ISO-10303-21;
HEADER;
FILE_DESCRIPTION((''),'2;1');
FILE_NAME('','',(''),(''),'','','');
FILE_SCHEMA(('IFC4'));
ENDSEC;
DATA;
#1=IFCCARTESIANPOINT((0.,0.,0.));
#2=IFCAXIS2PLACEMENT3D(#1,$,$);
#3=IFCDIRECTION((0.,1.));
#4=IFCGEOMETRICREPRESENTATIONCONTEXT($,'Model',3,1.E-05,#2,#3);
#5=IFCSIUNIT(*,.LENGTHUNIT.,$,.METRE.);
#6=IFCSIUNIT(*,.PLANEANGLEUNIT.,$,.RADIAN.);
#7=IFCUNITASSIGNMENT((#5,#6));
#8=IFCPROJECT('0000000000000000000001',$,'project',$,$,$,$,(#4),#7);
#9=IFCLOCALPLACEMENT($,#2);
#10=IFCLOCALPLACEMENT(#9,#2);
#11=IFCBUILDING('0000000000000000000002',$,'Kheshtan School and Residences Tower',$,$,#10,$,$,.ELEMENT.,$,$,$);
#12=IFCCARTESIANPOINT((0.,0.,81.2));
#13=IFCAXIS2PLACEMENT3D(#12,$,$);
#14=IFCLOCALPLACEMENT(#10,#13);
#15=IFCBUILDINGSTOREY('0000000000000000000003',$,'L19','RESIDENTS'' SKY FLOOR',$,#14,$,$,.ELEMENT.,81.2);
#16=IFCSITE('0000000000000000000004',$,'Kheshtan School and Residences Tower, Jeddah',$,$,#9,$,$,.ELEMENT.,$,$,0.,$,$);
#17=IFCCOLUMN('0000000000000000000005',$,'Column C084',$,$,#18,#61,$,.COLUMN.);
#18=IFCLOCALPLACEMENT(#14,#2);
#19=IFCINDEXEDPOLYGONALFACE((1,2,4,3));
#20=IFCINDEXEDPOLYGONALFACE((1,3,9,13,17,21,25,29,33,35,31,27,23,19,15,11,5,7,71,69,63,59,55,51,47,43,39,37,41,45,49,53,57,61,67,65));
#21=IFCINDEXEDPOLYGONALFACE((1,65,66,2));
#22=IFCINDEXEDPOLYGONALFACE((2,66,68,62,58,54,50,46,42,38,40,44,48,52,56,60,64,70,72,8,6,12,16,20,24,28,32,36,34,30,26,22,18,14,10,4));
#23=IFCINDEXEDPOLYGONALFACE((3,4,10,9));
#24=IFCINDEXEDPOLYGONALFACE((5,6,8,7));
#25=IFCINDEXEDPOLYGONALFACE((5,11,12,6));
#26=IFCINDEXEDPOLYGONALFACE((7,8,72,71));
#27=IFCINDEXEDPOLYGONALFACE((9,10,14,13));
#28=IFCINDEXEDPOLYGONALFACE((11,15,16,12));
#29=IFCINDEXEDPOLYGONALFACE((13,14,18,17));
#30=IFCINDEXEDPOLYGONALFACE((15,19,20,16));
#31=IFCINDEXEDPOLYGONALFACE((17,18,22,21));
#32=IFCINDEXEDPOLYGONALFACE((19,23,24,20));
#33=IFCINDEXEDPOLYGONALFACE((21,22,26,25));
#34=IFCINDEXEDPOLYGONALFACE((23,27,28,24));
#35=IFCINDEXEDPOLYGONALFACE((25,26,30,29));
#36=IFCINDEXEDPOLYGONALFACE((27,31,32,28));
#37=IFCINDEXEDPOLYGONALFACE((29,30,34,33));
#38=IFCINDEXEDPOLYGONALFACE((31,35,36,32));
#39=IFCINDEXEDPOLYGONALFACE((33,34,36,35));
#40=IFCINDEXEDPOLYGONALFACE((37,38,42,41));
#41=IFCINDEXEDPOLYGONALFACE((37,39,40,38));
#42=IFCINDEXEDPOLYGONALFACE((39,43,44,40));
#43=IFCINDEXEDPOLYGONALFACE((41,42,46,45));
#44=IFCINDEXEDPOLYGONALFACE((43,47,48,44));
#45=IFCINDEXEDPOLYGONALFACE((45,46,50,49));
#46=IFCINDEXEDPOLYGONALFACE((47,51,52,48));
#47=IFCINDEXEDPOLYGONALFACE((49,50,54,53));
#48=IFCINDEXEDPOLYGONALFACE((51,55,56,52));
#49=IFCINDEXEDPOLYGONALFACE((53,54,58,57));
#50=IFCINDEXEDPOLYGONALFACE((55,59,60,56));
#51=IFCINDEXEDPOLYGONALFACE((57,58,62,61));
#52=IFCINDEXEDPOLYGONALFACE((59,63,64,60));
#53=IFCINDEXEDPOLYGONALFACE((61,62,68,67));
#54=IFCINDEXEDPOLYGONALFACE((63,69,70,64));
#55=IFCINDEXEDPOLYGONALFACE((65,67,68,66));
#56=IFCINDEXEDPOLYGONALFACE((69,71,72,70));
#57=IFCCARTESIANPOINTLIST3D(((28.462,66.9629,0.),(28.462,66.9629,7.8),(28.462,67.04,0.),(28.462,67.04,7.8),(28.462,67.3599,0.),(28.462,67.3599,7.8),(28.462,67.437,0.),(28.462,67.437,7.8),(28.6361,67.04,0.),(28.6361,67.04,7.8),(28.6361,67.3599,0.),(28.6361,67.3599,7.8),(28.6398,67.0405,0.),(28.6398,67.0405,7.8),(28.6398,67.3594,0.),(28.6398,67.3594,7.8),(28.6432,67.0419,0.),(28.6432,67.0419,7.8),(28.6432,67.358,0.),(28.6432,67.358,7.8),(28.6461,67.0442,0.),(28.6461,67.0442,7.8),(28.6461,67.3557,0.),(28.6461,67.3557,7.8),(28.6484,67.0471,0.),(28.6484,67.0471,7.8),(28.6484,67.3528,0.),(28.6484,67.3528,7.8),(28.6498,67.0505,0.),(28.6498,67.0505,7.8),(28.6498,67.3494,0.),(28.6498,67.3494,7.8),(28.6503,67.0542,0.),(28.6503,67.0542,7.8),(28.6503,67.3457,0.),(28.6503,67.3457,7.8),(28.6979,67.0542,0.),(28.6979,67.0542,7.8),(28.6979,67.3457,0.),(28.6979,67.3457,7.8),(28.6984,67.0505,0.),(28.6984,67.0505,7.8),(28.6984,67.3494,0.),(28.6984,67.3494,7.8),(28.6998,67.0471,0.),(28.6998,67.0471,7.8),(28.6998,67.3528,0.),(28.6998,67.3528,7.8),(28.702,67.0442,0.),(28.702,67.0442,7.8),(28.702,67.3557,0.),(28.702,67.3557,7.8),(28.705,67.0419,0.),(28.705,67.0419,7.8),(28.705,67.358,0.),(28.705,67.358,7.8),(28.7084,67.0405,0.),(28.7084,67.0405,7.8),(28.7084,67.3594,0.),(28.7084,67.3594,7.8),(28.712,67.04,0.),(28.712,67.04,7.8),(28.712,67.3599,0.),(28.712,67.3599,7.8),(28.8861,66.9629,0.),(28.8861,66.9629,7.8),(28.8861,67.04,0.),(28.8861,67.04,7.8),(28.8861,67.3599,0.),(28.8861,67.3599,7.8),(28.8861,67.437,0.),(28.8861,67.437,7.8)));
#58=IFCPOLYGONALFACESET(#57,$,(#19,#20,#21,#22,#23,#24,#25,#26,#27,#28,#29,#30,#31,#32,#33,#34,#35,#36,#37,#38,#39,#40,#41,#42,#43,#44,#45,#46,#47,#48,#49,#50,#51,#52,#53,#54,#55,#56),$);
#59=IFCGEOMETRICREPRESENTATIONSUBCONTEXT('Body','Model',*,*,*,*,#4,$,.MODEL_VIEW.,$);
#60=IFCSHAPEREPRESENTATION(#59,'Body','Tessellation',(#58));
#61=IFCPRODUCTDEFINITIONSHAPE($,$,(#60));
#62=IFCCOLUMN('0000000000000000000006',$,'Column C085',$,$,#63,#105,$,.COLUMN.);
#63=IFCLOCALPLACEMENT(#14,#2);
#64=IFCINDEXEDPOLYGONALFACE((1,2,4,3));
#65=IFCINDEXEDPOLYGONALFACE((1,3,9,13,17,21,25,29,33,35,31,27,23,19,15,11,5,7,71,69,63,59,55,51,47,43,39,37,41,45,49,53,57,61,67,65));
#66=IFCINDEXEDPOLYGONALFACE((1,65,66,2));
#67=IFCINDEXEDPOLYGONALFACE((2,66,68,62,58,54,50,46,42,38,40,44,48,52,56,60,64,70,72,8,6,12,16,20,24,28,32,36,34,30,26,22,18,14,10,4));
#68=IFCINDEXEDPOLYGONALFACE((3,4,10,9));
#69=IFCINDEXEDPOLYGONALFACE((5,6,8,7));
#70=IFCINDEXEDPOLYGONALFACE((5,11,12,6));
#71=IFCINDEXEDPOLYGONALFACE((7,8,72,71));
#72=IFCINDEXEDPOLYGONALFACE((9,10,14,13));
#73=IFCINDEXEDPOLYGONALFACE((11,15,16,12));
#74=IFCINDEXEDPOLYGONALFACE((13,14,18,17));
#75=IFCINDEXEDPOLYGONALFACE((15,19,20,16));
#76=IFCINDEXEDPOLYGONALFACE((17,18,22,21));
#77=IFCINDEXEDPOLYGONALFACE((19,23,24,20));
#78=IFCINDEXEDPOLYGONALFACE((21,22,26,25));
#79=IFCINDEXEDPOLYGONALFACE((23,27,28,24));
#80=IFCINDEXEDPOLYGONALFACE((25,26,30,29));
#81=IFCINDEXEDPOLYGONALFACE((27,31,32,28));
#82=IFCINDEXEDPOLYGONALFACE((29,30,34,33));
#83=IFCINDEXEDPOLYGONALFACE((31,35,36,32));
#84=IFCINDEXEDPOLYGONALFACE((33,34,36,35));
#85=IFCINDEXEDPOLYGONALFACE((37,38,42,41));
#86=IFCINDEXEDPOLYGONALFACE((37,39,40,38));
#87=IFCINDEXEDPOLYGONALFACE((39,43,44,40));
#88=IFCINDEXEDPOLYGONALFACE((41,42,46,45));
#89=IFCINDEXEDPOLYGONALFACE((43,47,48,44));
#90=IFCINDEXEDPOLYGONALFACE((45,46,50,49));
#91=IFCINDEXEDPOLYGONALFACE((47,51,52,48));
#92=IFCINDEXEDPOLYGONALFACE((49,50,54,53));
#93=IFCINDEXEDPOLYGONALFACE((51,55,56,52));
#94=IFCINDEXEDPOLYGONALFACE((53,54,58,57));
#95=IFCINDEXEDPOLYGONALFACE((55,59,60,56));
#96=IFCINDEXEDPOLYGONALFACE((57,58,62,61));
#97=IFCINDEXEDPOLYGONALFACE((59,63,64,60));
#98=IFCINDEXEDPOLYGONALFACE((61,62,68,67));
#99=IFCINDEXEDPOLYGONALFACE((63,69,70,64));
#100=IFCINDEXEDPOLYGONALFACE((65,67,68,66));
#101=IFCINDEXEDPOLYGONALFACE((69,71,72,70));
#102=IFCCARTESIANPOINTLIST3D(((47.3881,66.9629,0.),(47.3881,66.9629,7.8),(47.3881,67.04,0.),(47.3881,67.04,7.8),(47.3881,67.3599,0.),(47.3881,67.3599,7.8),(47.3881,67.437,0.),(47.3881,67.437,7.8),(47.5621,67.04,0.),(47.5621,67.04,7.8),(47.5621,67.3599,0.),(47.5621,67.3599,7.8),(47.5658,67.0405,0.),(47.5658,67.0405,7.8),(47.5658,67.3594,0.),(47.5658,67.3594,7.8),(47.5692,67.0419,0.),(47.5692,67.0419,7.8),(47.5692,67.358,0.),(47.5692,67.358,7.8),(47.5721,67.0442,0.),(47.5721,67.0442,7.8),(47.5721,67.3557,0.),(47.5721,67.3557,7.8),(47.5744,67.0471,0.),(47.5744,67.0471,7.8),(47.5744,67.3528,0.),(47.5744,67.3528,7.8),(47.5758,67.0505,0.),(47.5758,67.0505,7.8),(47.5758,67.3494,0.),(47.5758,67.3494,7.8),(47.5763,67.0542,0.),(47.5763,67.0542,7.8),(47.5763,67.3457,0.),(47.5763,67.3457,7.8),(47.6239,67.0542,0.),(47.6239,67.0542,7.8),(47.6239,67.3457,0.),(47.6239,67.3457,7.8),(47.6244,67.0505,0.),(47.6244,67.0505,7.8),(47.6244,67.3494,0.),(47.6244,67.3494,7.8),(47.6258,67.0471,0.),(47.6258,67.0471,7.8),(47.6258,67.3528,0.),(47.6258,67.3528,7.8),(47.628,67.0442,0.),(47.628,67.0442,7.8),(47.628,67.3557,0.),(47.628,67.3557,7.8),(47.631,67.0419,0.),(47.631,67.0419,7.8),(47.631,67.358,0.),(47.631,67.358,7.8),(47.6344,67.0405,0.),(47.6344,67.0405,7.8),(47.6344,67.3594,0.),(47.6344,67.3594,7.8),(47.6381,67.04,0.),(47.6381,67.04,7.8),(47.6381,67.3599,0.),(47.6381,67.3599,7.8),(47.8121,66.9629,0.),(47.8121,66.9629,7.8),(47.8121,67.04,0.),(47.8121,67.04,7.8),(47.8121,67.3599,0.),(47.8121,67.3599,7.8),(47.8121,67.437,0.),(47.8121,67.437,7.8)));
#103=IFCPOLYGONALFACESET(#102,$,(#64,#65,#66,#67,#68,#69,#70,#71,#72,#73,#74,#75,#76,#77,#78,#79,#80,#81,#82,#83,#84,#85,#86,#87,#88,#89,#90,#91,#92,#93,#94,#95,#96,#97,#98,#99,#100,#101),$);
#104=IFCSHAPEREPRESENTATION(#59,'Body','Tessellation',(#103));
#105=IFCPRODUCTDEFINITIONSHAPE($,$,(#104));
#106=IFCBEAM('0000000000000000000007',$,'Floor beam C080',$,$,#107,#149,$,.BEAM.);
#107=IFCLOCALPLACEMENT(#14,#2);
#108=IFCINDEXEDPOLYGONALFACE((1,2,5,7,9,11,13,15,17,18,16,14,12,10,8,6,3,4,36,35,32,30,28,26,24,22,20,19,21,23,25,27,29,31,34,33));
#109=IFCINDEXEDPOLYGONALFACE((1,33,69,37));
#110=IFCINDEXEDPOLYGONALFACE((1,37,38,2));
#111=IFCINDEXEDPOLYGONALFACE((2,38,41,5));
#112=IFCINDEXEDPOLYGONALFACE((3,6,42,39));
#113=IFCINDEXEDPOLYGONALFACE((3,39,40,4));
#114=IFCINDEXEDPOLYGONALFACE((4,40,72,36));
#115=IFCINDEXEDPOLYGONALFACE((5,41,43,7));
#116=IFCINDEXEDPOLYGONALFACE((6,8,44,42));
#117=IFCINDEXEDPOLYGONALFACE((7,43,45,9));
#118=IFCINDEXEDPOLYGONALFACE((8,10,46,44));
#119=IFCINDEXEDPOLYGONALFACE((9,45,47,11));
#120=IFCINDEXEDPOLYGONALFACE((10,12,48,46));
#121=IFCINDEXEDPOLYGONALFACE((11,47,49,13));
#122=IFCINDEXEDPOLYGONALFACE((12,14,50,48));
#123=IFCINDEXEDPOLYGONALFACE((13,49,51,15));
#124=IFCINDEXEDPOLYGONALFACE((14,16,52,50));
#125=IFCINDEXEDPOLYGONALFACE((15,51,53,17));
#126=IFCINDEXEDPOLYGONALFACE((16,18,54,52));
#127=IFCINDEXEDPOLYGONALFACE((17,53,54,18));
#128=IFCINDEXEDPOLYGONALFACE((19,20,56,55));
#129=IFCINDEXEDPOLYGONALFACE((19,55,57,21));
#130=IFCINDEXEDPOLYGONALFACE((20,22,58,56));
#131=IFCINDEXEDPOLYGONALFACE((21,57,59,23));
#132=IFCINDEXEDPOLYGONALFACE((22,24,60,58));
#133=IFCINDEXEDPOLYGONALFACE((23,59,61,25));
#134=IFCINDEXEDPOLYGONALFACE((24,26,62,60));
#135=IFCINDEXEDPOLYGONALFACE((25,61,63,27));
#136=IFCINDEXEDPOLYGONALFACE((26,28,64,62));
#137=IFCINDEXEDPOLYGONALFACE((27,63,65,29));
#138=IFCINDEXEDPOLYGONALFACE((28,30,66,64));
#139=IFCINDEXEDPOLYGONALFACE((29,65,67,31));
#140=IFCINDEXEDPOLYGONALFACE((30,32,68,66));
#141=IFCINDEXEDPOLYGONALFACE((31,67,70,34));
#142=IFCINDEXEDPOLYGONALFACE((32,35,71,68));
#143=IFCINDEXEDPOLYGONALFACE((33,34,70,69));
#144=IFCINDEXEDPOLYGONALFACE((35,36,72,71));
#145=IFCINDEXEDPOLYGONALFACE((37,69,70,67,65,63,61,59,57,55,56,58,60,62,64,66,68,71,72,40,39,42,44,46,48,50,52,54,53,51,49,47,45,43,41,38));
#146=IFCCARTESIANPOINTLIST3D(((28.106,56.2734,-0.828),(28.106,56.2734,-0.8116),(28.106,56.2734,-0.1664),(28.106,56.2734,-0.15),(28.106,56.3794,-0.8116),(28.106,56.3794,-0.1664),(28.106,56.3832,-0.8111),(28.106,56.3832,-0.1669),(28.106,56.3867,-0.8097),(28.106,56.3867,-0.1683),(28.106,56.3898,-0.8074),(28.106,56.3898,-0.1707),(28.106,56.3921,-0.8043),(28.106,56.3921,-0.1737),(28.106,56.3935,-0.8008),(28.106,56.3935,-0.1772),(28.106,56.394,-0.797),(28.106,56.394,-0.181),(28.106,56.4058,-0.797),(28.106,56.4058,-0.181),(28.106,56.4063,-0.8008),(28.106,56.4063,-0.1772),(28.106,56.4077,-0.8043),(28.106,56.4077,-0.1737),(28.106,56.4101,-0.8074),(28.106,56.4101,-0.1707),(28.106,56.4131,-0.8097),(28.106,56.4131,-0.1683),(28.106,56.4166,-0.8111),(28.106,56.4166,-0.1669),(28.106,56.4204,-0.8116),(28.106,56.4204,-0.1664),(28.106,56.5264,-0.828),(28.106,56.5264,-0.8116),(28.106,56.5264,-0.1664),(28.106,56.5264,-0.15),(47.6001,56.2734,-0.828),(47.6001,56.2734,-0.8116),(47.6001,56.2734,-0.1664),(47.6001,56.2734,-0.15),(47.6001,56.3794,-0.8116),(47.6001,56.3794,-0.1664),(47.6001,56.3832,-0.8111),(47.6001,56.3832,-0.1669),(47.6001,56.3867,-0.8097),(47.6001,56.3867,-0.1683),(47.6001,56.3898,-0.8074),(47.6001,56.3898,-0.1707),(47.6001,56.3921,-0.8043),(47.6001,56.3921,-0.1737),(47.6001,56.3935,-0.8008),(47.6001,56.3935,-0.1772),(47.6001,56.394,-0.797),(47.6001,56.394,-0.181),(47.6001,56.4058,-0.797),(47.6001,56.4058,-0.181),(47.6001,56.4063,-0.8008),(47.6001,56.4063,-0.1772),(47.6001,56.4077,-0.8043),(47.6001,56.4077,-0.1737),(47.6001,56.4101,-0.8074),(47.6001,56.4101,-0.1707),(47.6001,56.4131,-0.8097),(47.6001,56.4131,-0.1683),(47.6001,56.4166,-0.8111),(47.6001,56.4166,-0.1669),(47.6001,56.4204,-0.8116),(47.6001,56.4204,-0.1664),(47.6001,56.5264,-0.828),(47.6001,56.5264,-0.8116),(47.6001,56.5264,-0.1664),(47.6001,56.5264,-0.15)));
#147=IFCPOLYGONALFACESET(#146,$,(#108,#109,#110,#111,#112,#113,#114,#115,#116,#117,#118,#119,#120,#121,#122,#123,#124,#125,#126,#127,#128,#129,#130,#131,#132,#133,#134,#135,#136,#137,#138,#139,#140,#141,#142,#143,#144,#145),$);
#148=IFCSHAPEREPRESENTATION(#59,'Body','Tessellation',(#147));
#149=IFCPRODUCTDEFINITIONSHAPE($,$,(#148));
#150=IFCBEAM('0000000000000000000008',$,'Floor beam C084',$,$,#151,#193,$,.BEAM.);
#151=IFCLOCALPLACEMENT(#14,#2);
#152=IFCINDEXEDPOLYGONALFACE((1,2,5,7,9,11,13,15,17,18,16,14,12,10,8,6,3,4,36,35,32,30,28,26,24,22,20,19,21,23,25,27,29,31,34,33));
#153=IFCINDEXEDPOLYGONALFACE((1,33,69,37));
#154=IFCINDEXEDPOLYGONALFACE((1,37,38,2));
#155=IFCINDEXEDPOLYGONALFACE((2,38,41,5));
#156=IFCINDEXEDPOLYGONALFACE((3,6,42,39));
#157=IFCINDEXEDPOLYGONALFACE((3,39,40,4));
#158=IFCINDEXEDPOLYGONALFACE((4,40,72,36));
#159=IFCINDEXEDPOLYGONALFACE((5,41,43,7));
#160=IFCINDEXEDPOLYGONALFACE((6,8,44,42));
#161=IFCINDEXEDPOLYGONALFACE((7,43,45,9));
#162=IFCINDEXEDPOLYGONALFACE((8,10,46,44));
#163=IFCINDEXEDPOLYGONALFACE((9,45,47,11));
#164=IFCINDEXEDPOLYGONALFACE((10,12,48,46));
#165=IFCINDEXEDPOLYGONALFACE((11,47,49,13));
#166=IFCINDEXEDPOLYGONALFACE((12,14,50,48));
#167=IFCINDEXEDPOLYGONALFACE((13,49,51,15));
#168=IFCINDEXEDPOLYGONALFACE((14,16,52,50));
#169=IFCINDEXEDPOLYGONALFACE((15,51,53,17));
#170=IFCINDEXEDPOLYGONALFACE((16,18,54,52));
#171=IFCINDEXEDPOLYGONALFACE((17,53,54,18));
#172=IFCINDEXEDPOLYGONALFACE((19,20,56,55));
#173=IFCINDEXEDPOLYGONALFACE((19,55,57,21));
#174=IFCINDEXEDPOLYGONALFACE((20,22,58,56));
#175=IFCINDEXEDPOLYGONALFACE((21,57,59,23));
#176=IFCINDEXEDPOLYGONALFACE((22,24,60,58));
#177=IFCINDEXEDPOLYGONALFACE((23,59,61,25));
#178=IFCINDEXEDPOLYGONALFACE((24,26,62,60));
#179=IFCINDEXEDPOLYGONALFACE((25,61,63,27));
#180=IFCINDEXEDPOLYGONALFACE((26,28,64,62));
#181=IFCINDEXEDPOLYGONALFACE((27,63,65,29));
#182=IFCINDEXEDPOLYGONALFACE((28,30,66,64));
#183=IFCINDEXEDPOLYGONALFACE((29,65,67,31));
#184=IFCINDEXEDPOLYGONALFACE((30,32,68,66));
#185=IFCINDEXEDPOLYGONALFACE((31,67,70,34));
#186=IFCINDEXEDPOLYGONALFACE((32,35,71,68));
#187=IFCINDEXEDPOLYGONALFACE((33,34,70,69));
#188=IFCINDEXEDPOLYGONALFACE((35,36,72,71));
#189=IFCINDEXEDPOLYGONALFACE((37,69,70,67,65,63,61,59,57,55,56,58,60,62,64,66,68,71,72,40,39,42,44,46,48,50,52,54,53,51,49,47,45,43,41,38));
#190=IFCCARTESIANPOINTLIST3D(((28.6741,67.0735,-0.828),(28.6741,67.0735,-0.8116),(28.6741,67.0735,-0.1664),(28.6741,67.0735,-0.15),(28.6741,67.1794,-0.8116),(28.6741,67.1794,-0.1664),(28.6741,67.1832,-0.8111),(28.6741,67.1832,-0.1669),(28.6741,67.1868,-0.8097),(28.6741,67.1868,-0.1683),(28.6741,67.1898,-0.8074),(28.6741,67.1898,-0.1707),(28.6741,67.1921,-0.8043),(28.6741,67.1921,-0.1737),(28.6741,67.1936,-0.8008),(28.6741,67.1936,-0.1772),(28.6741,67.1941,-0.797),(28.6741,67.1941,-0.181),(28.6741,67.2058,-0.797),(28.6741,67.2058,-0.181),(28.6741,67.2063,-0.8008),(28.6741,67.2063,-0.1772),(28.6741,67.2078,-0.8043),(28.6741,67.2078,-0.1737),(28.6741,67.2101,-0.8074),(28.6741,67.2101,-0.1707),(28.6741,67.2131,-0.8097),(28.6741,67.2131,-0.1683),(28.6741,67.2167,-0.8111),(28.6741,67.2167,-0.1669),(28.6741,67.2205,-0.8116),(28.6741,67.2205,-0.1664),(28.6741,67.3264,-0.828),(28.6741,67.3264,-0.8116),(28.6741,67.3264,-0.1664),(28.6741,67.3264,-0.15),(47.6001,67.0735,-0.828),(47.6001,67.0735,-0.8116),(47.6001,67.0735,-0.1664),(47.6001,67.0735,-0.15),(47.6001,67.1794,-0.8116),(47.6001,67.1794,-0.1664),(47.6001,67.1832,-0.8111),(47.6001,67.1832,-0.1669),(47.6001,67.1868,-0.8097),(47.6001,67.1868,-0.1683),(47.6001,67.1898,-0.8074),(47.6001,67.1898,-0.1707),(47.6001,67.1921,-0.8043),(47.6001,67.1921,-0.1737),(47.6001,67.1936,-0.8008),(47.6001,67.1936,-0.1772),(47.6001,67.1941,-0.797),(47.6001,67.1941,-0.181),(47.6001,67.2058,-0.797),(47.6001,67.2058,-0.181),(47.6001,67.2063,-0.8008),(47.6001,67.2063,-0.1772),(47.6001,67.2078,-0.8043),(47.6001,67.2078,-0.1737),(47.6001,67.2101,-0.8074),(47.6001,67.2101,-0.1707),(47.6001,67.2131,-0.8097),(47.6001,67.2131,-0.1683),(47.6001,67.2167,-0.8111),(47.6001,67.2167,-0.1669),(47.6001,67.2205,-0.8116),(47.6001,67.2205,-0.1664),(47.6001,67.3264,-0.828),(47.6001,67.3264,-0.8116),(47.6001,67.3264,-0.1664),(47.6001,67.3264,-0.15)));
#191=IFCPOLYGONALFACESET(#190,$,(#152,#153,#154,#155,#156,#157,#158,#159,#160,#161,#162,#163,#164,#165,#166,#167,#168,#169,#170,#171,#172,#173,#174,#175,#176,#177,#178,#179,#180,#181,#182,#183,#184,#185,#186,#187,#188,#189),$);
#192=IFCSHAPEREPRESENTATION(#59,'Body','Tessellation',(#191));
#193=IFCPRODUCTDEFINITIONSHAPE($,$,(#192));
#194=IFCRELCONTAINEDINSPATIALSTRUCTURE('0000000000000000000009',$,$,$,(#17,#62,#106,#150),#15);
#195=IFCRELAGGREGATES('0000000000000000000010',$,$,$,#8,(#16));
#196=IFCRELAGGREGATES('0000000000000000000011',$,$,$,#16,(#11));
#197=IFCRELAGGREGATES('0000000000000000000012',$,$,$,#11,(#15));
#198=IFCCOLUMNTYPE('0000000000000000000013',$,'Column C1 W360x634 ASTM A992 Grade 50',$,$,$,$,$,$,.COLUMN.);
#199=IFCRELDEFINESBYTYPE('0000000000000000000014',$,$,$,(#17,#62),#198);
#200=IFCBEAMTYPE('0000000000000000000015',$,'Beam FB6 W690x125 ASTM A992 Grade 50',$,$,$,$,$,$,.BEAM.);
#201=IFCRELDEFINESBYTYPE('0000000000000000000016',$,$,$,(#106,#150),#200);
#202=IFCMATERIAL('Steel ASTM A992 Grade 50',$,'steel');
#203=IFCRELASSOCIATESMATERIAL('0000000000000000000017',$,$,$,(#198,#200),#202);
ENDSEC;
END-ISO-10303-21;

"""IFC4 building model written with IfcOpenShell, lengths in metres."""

from ifc_helpers import new_model, si_unit, direction, frame, origin, origin_2d, place, context, subcontext, project, spatial, i_section, extrude, material, material_profile, profile_set, type_object, element, save


model = new_model("IFC4")

# Units and contexts
model_context = context("Model", 3, precision=1e-05, world=origin(), true_north=direction((0.0, 1.0)))
body_context = subcontext(model_context, "Body", "Model", "MODEL_VIEW")
ifc_project = project(units=[si_unit("LENGTHUNIT", "METRE"), si_unit("PLANEANGLEUNIT", "RADIAN")], contexts=[model_context])

# Site, building, storey
site_placement = place(None, origin())
site = spatial("IfcSite", under=ifc_project, at=site_placement, Name="Kheshtan School and Residences Tower, Jeddah", CompositionType="ELEMENT", RefElevation=0.0)
building_placement = place(site_placement, origin())
building = spatial("IfcBuilding", under=site, at=building_placement, Name="Kheshtan School and Residences Tower", CompositionType="ELEMENT")
storey_placement = place(building_placement, frame((0.0, 0.0, 81.2)))
storey = spatial("IfcBuildingStorey", under=building, at=storey_placement, Name="L19", Description="RESIDENTS' SKY FLOOR", CompositionType="ELEMENT", Elevation=81.2)

# Columns
ifc_material_1 = material(Name="Steel ASTM A992 Grade 50", Category="steel")
ifc_material_profile_1 = material_profile(ifc_material_1, i_section(OverallWidth=0.4241, OverallDepth=0.4741, WebThickness=0.0476, FlangeThickness=0.0771, FilletRadius=0.0142, at=origin_2d()), Name="W360x634")
ifc_profile_set_1 = profile_set([ifc_material_profile_1], Name="Steel ASTM A992 Grade 50")
column_type = type_object("IfcColumnType", Name="Column C1 W360x634 ASTM A992 Grade 50", PredefinedType="COLUMN", material=ifc_profile_set_1)
for number, where, z_axis, x_axis, name in (
    (1, (28.6741, 67.2, 0.0), (0.0, 0.0, 1.0), (1.0, 0.0, 0.0), "Column C084"),
    (2, (47.6001, 67.2, 0.0), (0.0, 0.0, 1.0), (1.0, 0.0, 0.0), "Column C085"),
):
    element("IfcColumn", number, at=place(storey_placement, frame(where, z_axis=z_axis, x_axis=x_axis)), inside=storey, type_object=column_type, Name=name, PredefinedType="COLUMN", context=body_context, shape_type="SweptSolid", body=[
        extrude(i_section(OverallWidth=0.4241, OverallDepth=0.4741, WebThickness=0.0476, FlangeThickness=0.0771, FilletRadius=0.0142, at=origin_2d()), origin(), (0.0, 0.0, 1.0), 7.8),
    ])

# Beams
ifc_material_profile_2 = material_profile(ifc_material_1, i_section(OverallWidth=0.2529, OverallDepth=0.678, WebThickness=0.0117, FlangeThickness=0.0164, FilletRadius=0.0146, at=origin_2d()), Name="W690x125")
ifc_profile_set_2 = profile_set([ifc_material_profile_2], Name="Steel ASTM A992 Grade 50")
beam_type_1 = type_object("IfcBeamType", Name="Beam FB6 W690x125 ASTM A992 Grade 50", PredefinedType="BEAM", material=ifc_profile_set_2)
beam_1_placement = place(storey_placement, frame((28.106, 56.3999, -0.489), z_axis=(1.0, 0.0, 0.0), x_axis=(0.0, 1.0, 0.0)))
element("IfcBeam", 3, at=beam_1_placement, inside=storey, type_object=beam_type_1, Name="Floor beam C080", PredefinedType="BEAM", context=body_context, shape_type="SweptSolid", body=[
    extrude(i_section(OverallWidth=0.2529, OverallDepth=0.678, WebThickness=0.0117, FlangeThickness=0.0164, FilletRadius=0.0146, at=origin_2d()), origin(), (0.0, 0.0, 1.0), 19.4941),
])
beam_2_placement = place(storey_placement, frame((28.6741, 67.2, -0.489), z_axis=(1.0, 0.0, 0.0), x_axis=(0.0, 1.0, 0.0)))
element("IfcBeam", 4, at=beam_2_placement, inside=storey, type_object=beam_type_1, Name="Floor beam C084", PredefinedType="BEAM", context=body_context, shape_type="SweptSolid", body=[
    extrude(i_section(OverallWidth=0.2529, OverallDepth=0.678, WebThickness=0.0117, FlangeThickness=0.0164, FilletRadius=0.0146, at=origin_2d()), origin(), (0.0, 0.0, 1.0), 18.926),
])

save(model, "model.ifc")
